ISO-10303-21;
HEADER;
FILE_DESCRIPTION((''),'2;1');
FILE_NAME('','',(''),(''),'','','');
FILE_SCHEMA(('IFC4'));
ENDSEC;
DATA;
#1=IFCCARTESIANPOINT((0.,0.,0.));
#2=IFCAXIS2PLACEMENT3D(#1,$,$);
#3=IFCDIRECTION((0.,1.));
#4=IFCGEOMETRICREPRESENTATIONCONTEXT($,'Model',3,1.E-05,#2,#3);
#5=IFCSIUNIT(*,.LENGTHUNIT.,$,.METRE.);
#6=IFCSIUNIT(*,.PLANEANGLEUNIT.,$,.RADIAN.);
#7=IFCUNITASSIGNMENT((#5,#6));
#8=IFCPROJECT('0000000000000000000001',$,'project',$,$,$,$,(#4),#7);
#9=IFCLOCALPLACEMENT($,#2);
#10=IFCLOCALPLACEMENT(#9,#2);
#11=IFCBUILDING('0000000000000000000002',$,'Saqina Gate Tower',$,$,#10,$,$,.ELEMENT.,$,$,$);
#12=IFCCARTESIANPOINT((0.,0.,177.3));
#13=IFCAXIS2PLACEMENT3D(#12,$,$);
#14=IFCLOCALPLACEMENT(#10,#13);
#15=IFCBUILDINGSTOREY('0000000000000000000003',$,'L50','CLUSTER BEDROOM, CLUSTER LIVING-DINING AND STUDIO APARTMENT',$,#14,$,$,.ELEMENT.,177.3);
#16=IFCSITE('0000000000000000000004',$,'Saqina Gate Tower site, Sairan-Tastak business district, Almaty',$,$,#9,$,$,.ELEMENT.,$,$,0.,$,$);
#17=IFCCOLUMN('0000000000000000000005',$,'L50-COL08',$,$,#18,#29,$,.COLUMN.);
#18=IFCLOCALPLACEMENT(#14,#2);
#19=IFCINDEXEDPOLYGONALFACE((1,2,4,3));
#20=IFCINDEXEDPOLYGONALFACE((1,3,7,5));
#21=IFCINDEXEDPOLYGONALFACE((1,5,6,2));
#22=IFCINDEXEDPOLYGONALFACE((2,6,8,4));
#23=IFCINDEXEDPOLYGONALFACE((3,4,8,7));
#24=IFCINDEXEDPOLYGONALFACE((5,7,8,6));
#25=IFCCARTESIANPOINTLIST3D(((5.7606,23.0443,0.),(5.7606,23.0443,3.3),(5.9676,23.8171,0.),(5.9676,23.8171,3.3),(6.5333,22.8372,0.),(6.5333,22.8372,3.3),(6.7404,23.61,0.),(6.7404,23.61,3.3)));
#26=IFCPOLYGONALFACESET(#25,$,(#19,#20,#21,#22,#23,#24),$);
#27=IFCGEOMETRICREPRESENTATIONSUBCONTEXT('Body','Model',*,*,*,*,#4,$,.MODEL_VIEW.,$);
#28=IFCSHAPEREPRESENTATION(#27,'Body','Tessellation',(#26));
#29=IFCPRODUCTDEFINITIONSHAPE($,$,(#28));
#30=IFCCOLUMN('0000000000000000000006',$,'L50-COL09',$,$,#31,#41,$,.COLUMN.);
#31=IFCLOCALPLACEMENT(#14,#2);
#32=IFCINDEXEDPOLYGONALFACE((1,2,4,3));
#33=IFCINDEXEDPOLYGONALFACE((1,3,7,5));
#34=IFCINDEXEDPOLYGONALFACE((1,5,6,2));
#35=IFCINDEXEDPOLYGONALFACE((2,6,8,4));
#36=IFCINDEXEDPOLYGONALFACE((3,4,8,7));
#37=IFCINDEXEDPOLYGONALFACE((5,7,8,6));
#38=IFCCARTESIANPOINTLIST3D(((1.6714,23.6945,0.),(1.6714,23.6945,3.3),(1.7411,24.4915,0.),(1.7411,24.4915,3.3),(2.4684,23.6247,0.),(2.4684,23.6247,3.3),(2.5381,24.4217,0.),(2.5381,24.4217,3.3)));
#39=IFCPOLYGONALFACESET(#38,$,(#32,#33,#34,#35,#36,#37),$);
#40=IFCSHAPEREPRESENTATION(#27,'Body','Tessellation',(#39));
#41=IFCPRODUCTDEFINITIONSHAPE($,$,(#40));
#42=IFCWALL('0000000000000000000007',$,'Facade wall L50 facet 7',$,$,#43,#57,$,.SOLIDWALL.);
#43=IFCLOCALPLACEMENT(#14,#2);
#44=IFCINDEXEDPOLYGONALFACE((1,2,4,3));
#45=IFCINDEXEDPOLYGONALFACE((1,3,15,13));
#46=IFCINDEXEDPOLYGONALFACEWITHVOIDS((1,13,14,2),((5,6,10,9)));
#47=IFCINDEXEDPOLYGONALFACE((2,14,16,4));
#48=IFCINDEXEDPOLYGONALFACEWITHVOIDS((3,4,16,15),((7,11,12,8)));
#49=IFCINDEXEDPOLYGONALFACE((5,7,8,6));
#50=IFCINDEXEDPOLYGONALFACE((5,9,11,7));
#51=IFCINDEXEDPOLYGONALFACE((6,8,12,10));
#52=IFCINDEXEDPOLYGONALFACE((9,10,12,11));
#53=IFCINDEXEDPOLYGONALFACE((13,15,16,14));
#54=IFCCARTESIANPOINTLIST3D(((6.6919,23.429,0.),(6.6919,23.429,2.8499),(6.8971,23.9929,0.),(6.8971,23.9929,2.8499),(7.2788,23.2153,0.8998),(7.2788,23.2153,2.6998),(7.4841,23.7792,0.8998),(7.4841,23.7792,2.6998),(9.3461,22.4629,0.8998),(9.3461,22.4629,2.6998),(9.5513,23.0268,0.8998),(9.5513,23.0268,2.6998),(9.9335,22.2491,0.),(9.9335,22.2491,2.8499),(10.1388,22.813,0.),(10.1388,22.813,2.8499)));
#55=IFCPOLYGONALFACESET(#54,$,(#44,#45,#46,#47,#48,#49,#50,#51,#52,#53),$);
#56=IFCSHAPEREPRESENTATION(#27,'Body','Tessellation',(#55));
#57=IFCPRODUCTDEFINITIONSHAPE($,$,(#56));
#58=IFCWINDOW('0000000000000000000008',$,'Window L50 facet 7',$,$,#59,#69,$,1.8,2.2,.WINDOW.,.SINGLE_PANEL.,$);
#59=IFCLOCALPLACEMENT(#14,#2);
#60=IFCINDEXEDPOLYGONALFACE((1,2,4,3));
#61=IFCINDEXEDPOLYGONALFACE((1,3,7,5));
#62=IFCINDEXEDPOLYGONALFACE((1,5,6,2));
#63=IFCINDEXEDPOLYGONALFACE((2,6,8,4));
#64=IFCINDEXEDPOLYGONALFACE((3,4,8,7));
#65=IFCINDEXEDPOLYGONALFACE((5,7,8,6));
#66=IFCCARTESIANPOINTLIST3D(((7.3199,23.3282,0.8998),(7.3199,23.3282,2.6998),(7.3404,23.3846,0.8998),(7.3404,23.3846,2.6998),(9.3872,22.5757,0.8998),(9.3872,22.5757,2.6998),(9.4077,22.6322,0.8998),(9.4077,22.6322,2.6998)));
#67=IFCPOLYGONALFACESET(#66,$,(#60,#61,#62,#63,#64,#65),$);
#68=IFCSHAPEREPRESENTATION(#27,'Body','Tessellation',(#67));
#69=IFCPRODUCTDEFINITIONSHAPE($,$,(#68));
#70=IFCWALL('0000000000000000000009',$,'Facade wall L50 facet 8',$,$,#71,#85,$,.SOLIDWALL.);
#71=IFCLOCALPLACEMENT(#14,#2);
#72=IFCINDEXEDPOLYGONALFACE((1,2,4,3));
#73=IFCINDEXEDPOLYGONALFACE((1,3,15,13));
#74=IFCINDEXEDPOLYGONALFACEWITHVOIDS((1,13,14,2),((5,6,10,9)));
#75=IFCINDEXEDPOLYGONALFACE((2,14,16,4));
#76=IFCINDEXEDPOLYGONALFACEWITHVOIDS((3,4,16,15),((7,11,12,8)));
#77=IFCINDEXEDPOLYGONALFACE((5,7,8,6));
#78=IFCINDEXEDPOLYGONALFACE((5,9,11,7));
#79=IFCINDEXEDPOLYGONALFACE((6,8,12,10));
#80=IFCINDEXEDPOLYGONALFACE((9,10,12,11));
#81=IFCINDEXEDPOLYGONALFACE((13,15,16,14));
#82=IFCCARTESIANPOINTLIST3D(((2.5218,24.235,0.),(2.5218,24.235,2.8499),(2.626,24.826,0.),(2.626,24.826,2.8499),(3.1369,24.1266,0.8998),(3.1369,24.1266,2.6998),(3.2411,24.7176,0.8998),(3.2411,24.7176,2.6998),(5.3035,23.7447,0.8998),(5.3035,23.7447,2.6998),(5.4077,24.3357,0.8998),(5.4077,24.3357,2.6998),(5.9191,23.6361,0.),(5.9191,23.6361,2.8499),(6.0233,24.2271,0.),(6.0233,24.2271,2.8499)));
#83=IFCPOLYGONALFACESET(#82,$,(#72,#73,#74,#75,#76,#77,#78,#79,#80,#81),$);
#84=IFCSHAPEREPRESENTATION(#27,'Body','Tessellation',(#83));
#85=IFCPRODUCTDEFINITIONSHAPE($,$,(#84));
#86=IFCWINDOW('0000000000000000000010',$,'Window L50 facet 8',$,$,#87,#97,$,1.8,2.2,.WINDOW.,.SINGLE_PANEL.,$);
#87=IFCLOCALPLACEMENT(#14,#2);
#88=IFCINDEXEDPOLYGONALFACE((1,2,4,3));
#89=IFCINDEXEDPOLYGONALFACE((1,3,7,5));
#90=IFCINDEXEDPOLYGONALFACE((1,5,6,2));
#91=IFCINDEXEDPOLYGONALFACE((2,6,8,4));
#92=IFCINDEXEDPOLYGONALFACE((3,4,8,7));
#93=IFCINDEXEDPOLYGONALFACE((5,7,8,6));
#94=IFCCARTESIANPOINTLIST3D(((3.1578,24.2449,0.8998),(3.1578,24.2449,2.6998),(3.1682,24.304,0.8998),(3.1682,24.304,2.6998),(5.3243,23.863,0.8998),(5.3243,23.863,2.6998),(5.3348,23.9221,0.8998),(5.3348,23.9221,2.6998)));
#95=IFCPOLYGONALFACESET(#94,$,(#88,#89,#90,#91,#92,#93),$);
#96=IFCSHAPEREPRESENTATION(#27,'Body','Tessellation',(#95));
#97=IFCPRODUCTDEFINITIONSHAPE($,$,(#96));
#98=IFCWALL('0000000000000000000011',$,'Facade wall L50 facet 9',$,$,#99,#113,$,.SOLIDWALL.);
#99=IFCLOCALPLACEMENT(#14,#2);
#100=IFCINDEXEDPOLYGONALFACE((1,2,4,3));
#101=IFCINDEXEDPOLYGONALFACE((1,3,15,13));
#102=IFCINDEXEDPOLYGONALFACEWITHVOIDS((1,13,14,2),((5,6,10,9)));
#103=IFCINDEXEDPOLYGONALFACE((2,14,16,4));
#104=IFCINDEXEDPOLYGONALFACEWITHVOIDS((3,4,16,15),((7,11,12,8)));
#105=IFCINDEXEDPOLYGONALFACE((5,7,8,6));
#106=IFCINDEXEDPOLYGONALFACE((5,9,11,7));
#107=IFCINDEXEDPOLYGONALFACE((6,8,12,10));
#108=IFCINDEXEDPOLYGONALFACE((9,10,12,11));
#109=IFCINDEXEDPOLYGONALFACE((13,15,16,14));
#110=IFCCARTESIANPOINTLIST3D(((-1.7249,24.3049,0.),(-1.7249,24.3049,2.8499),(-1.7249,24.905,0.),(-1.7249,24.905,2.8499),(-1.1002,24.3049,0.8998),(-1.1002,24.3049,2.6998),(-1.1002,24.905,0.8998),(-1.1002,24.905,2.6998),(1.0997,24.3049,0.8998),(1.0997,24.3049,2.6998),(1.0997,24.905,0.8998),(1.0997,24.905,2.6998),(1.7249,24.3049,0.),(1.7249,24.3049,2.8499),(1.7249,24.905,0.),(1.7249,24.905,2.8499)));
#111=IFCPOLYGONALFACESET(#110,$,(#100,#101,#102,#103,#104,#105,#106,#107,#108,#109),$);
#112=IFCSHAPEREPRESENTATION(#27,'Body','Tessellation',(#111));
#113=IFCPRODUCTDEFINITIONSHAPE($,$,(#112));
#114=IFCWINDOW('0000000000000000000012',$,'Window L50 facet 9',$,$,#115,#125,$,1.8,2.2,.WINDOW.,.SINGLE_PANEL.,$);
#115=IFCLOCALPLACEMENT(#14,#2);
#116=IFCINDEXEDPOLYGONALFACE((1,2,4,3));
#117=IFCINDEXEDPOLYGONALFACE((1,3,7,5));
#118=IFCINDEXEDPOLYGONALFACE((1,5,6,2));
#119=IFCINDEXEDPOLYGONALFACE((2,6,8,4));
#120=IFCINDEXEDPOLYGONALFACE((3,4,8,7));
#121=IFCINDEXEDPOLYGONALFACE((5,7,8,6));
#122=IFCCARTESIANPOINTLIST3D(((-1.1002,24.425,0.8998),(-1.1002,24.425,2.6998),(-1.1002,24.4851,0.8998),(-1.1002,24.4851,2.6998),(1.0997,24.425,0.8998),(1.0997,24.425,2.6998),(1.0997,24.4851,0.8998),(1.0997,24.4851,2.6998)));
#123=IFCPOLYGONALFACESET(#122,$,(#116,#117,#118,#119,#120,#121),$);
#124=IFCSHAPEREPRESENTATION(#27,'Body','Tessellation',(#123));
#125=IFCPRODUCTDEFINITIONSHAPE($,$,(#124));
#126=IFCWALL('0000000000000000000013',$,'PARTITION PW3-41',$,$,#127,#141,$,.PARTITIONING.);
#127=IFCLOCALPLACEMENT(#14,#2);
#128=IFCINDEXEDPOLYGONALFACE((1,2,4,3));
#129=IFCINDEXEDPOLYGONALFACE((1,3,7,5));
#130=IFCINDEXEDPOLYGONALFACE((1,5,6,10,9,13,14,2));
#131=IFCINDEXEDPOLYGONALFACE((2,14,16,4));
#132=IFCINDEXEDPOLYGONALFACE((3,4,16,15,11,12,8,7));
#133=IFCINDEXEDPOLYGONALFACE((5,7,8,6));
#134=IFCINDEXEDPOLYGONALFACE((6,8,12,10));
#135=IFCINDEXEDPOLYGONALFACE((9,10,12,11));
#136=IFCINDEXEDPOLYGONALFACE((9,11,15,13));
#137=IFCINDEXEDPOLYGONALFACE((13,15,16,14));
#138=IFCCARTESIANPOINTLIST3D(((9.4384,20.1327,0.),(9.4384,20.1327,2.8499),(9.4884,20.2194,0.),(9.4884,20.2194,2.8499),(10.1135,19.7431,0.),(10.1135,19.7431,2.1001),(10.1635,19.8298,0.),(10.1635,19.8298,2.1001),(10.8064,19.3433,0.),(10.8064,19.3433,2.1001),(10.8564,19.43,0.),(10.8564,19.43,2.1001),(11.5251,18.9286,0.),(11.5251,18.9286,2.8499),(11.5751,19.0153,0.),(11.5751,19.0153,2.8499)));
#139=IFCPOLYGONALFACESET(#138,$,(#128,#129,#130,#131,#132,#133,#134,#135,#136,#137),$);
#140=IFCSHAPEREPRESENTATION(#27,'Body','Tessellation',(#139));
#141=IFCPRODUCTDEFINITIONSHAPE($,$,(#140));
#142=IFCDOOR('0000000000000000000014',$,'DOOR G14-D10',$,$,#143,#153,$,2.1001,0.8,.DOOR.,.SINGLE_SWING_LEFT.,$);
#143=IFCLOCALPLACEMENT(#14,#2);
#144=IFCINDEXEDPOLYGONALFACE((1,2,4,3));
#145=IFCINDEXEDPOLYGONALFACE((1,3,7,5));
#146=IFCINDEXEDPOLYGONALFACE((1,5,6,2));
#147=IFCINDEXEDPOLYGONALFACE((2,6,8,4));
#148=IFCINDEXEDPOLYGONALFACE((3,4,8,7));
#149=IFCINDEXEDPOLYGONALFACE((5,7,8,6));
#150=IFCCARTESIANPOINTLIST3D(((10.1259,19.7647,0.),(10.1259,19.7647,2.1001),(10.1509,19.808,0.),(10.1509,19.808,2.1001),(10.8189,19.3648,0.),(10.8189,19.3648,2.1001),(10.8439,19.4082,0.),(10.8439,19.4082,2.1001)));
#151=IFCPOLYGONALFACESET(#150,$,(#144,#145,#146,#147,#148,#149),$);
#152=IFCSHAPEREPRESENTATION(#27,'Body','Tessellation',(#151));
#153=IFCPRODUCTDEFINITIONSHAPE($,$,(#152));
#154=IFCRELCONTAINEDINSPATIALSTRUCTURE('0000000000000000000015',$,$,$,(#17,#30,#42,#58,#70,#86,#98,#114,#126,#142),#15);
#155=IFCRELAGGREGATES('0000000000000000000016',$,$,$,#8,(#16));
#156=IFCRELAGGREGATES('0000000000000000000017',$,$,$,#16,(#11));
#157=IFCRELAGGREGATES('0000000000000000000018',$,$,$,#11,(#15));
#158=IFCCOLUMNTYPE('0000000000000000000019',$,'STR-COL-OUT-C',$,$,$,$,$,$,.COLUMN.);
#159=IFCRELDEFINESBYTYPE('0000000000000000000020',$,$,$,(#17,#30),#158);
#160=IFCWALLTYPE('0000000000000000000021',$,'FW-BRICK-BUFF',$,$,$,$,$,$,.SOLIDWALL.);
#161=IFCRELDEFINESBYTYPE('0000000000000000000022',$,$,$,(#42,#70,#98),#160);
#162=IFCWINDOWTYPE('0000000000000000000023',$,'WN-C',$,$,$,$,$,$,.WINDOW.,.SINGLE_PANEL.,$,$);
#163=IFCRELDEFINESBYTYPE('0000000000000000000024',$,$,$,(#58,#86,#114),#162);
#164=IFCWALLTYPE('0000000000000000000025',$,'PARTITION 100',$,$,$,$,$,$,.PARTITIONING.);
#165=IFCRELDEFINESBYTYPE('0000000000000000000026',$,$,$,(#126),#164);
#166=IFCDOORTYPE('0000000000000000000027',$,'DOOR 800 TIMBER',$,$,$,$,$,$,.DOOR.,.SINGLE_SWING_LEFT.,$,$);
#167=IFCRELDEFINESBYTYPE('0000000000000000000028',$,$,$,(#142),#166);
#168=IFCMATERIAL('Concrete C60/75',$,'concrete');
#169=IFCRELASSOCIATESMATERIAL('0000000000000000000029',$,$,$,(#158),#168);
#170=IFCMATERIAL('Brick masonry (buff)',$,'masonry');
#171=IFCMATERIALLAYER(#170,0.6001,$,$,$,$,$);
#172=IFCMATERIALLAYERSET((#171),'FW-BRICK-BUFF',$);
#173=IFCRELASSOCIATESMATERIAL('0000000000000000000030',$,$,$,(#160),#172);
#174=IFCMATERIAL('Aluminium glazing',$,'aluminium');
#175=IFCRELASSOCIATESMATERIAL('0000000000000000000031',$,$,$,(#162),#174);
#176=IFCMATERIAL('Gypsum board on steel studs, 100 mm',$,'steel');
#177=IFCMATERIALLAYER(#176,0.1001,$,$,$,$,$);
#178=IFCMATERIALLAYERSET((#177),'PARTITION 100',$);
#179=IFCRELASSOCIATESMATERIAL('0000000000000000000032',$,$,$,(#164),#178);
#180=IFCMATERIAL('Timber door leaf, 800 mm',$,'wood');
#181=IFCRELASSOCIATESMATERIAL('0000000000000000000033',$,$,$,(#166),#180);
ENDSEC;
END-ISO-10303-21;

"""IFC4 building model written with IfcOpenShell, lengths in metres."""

from ifc_helpers import new_model, si_unit, direction, frame, frame_2d, origin, origin_2d, place, context, subcontext, project, spatial, rectangle, extrude, material, layer, layer_set, material_profile, profile_set, type_object, element, fill, save


model = new_model("IFC4")

# Units and contexts
model_context = context("Model", 3, precision=1e-05, world=origin(), true_north=direction((0.0, 1.0)))
body_context = subcontext(model_context, "Body", "Model", "MODEL_VIEW")
ifc_project = project(units=[si_unit("LENGTHUNIT", "METRE"), si_unit("PLANEANGLEUNIT", "RADIAN")], contexts=[model_context])

# Site, building, storey
site_placement = place(None, origin())
site = spatial("IfcSite", under=ifc_project, at=site_placement, Name="Saqina Gate Tower site, Sairan-Tastak business district, Almaty", CompositionType="ELEMENT", RefElevation=0.0)
building_placement = place(site_placement, origin())
building = spatial("IfcBuilding", under=site, at=building_placement, Name="Saqina Gate Tower", CompositionType="ELEMENT")
storey_placement = place(building_placement, frame((0.0, 0.0, 177.3)))
storey = spatial("IfcBuildingStorey", under=building, at=storey_placement, Name="L50", Description="CLUSTER BEDROOM, CLUSTER LIVING-DINING AND STUDIO APARTMENT", CompositionType="ELEMENT", Elevation=177.3)

# Columns
ifc_material_1 = material(Name="Concrete C60/75", Category="concrete")
ifc_material_profile = material_profile(ifc_material_1, rectangle(XDim=0.8, YDim=0.8, at=origin_2d()), Name="RC 800x800")
ifc_profile_set = profile_set([ifc_material_profile], Name="Concrete C60/75")
column_type = type_object("IfcColumnType", Name="STR-COL-OUT-C", PredefinedType="COLUMN", material=ifc_profile_set)
for number, where, z_axis, x_axis, name in (
    (1, (6.2505, 23.3271, 0.0), (0.0, 0.0, 1.0), (0.258819, 0.965926, 0.0), "L50-COL08"),
    (2, (2.1047, 24.0581, 0.0), (0.0, 0.0, 1.0), (0.087156, 0.996195, 0.0), "L50-COL09"),
):
    element("IfcColumn", number, at=place(storey_placement, frame(where, z_axis=z_axis, x_axis=x_axis)), inside=storey, type_object=column_type, Name=name, PredefinedType="COLUMN", context=body_context, shape_type="SweptSolid", body=[
        extrude(rectangle(XDim=0.8, YDim=0.8, at=origin_2d()), origin(), (0.0, 0.0, 1.0), 3.3),
    ])

# Walls, openings, windows
ifc_material_2 = material(Name="Brick masonry (buff)", Category="masonry")
ifc_layer_1 = layer(ifc_material_2, 0.6001)
ifc_layer_set_1 = layer_set([ifc_layer_1], Name="FW-BRICK-BUFF")
wall_type_1 = type_object("IfcWallType", Name="FW-BRICK-BUFF", PredefinedType="SOLIDWALL", material=ifc_layer_set_1)
wall_1_placement = place(storey_placement, frame((10.0361, 22.531, 0.0), z_axis=(0.0, 0.0, 1.0), x_axis=(-0.939688, 0.342033, 0.0)))
wall_1 = element("IfcWall", 3, at=wall_1_placement, inside=storey, type_object=wall_type_1, Name="Facade wall L50 facet 7", PredefinedType="SOLIDWALL", context=body_context, shape_type="SweptSolid", body=[
    extrude(rectangle(XDim=3.4497, YDim=0.6001, at=frame_2d((1.7249, 0.0))), origin(), (0.0, 0.0, 1.0), 2.8499),
])
opening_1_placement = place(wall_1_placement, frame((0.625, 0.0, 0.8999)))
opening_1 = element("IfcOpeningElement", 4, at=opening_1_placement, cuts=wall_1, PredefinedType="OPENING", context=body_context, shape_type="SweptSolid", body=[
    extrude(rectangle(XDim=2.2, YDim=1.8, at=frame_2d((1.1001, 0.8999))), frame((0.0, 0.312, 0.0), z_axis=(0.0, -1.0, 0.0), x_axis=(1.0, 0.0, 0.0)), (0.0, 0.0, 1.0), 0.624),
])
ifc_material_3 = material(Name="Aluminium glazing", Category="aluminium")
window_type = type_object("IfcWindowType", Name="WN-C", PartitioningType="SINGLE_PANEL", PredefinedType="WINDOW", material=ifc_material_3)
window_1_placement = place(opening_1_placement, origin())
window_1 = element("IfcWindow", 5, at=window_1_placement, inside=storey, type_object=window_type, Name="Window L50 facet 7", OverallHeight=1.8, OverallWidth=2.2, PartitioningType="SINGLE_PANEL", PredefinedType="WINDOW", context=body_context, shape_type="SweptSolid", body=[
    extrude(rectangle(XDim=2.2, YDim=1.8, at=frame_2d((1.1001, 0.8999))), frame((0.0, 0.1799, 0.0), z_axis=(0.0, -1.0, 0.0), x_axis=(1.0, 0.0, 0.0)), (0.0, 0.0, 1.0), 0.0601),
])
fill(opening_1, window_1)
wall_2_placement = place(storey_placement, frame((5.9712, 23.9316, 0.0), z_axis=(0.0, 0.0, 1.0), x_axis=(-0.984815, 0.173608, 0.0)))
wall_2 = element("IfcWall", 6, at=wall_2_placement, inside=storey, type_object=wall_type_1, Name="Facade wall L50 facet 8", PredefinedType="SOLIDWALL", context=body_context, shape_type="SweptSolid", body=[
    extrude(rectangle(XDim=3.4497, YDim=0.6001, at=frame_2d((1.7249, 0.0))), origin(), (0.0, 0.0, 1.0), 2.8499),
])
opening_2_placement = place(wall_2_placement, frame((0.625, 0.0, 0.8999)))
opening_2 = element("IfcOpeningElement", 7, at=opening_2_placement, cuts=wall_2, PredefinedType="OPENING", context=body_context, shape_type="SweptSolid", body=[
    extrude(rectangle(XDim=2.2, YDim=1.8, at=frame_2d((1.1001, 0.8999))), frame((0.0, 0.312, 0.0), z_axis=(0.0, -1.0, 0.0), x_axis=(1.0, 0.0, 0.0)), (0.0, 0.0, 1.0), 0.624),
])
window_2_placement = place(opening_2_placement, origin())
window_2 = element("IfcWindow", 8, at=window_2_placement, inside=storey, type_object=window_type, Name="Window L50 facet 8", OverallHeight=1.8, OverallWidth=2.2, PartitioningType="SINGLE_PANEL", PredefinedType="WINDOW", context=body_context, shape_type="SweptSolid", body=[
    extrude(rectangle(XDim=2.2, YDim=1.8, at=frame_2d((1.1001, 0.8999))), frame((0.0, 0.1799, 0.0), z_axis=(0.0, -1.0, 0.0), x_axis=(1.0, 0.0, 0.0)), (0.0, 0.0, 1.0), 0.0601),
])
fill(opening_2, window_2)
wall_3_placement = place(storey_placement, frame((1.7249, 24.605, 0.0), z_axis=(0.0, 0.0, 1.0), x_axis=(-1.0, 0.0, 0.0)))
wall_3 = element("IfcWall", 9, at=wall_3_placement, inside=storey, type_object=wall_type_1, Name="Facade wall L50 facet 9", PredefinedType="SOLIDWALL", context=body_context, shape_type="SweptSolid", body=[
    extrude(rectangle(XDim=3.4497, YDim=0.6001, at=frame_2d((1.7249, 0.0))), origin(), (0.0, 0.0, 1.0), 2.8499),
])
opening_3_placement = place(wall_3_placement, frame((0.625, 0.0, 0.8999)))
opening_3 = element("IfcOpeningElement", 10, at=opening_3_placement, cuts=wall_3, PredefinedType="OPENING", context=body_context, shape_type="SweptSolid", body=[
    extrude(rectangle(XDim=2.2, YDim=1.8, at=frame_2d((1.1001, 0.8999))), frame((0.0, 0.312, 0.0), z_axis=(0.0, -1.0, 0.0), x_axis=(1.0, 0.0, 0.0)), (0.0, 0.0, 1.0), 0.624),
])
window_3_placement = place(opening_3_placement, origin())
window_3 = element("IfcWindow", 11, at=window_3_placement, inside=storey, type_object=window_type, Name="Window L50 facet 9", OverallHeight=1.8, OverallWidth=2.2, PartitioningType="SINGLE_PANEL", PredefinedType="WINDOW", context=body_context, shape_type="SweptSolid", body=[
    extrude(rectangle(XDim=2.2, YDim=1.8, at=frame_2d((1.1001, 0.8999))), frame((0.0, 0.1799, 0.0), z_axis=(0.0, -1.0, 0.0), x_axis=(1.0, 0.0, 0.0)), (0.0, 0.0, 1.0), 0.0601),
])
fill(opening_3, window_3)

# Wall, opening, door
ifc_material_4 = material(Name="Gypsum board on steel studs, 100 mm", Category="steel")
ifc_layer_2 = layer(ifc_material_4, 0.1001)
ifc_layer_set_2 = layer_set([ifc_layer_2], Name="PARTITION 100")
wall_type_2 = type_object("IfcWallType", Name="PARTITION 100", PredefinedType="PARTITIONING", material=ifc_layer_set_2)
wall_4_placement = place(storey_placement, frame((9.4634, 20.176, 0.0), z_axis=(0.0, 0.0, 1.0), x_axis=(0.86614, -0.499801, 0.0)))
wall_4 = element("IfcWall", 12, at=wall_4_placement, inside=storey, type_object=wall_type_2, Name="PARTITION PW3-41", PredefinedType="PARTITIONING", context=body_context, shape_type="SweptSolid", body=[
    extrude(rectangle(XDim=2.4092, YDim=0.1001, at=frame_2d((1.2046, 0.0))), origin(), (0.0, 0.0, 1.0), 2.8499),
])
opening_4_placement = place(wall_4_placement, frame((0.7795, 0.0, 0.0)))
opening_4 = element("IfcOpeningElement", 13, at=opening_4_placement, cuts=wall_4, PredefinedType="OPENING", context=body_context, shape_type="SweptSolid", body=[
    extrude(rectangle(XDim=0.8, YDim=2.1001, at=frame_2d((0.3999, 1.05))), frame((0.0, 0.062, 0.0), z_axis=(0.0, -1.0, 0.0), x_axis=(1.0, 0.0, 0.0)), (0.0, 0.0, 1.0), 0.124),
])
ifc_material_5 = material(Name="Timber door leaf, 800 mm", Category="wood")
door_type_1 = type_object("IfcDoorType", Name="DOOR 800 TIMBER", OperationType="SINGLE_SWING_LEFT", PredefinedType="DOOR", material=ifc_material_5)
door_1_placement = place(opening_4_placement, origin())
door_1 = element("IfcDoor", 14, at=door_1_placement, inside=storey, type_object=door_type_1, Name="DOOR G14-D10", OperationType="SINGLE_SWING_LEFT", OverallHeight=2.1001, OverallWidth=0.8, PredefinedType="DOOR", context=body_context, shape_type="SweptSolid", body=[
    extrude(rectangle(XDim=0.8, YDim=2.1001, at=frame_2d((0.3999, 1.05))), frame((0.0, 0.0249, 0.0), z_axis=(0.0, -1.0, 0.0), x_axis=(1.0, 0.0, 0.0)), (0.0, 0.0, 1.0), 0.05),
])
fill(opening_4, door_1)

save(model, "model.ifc")
